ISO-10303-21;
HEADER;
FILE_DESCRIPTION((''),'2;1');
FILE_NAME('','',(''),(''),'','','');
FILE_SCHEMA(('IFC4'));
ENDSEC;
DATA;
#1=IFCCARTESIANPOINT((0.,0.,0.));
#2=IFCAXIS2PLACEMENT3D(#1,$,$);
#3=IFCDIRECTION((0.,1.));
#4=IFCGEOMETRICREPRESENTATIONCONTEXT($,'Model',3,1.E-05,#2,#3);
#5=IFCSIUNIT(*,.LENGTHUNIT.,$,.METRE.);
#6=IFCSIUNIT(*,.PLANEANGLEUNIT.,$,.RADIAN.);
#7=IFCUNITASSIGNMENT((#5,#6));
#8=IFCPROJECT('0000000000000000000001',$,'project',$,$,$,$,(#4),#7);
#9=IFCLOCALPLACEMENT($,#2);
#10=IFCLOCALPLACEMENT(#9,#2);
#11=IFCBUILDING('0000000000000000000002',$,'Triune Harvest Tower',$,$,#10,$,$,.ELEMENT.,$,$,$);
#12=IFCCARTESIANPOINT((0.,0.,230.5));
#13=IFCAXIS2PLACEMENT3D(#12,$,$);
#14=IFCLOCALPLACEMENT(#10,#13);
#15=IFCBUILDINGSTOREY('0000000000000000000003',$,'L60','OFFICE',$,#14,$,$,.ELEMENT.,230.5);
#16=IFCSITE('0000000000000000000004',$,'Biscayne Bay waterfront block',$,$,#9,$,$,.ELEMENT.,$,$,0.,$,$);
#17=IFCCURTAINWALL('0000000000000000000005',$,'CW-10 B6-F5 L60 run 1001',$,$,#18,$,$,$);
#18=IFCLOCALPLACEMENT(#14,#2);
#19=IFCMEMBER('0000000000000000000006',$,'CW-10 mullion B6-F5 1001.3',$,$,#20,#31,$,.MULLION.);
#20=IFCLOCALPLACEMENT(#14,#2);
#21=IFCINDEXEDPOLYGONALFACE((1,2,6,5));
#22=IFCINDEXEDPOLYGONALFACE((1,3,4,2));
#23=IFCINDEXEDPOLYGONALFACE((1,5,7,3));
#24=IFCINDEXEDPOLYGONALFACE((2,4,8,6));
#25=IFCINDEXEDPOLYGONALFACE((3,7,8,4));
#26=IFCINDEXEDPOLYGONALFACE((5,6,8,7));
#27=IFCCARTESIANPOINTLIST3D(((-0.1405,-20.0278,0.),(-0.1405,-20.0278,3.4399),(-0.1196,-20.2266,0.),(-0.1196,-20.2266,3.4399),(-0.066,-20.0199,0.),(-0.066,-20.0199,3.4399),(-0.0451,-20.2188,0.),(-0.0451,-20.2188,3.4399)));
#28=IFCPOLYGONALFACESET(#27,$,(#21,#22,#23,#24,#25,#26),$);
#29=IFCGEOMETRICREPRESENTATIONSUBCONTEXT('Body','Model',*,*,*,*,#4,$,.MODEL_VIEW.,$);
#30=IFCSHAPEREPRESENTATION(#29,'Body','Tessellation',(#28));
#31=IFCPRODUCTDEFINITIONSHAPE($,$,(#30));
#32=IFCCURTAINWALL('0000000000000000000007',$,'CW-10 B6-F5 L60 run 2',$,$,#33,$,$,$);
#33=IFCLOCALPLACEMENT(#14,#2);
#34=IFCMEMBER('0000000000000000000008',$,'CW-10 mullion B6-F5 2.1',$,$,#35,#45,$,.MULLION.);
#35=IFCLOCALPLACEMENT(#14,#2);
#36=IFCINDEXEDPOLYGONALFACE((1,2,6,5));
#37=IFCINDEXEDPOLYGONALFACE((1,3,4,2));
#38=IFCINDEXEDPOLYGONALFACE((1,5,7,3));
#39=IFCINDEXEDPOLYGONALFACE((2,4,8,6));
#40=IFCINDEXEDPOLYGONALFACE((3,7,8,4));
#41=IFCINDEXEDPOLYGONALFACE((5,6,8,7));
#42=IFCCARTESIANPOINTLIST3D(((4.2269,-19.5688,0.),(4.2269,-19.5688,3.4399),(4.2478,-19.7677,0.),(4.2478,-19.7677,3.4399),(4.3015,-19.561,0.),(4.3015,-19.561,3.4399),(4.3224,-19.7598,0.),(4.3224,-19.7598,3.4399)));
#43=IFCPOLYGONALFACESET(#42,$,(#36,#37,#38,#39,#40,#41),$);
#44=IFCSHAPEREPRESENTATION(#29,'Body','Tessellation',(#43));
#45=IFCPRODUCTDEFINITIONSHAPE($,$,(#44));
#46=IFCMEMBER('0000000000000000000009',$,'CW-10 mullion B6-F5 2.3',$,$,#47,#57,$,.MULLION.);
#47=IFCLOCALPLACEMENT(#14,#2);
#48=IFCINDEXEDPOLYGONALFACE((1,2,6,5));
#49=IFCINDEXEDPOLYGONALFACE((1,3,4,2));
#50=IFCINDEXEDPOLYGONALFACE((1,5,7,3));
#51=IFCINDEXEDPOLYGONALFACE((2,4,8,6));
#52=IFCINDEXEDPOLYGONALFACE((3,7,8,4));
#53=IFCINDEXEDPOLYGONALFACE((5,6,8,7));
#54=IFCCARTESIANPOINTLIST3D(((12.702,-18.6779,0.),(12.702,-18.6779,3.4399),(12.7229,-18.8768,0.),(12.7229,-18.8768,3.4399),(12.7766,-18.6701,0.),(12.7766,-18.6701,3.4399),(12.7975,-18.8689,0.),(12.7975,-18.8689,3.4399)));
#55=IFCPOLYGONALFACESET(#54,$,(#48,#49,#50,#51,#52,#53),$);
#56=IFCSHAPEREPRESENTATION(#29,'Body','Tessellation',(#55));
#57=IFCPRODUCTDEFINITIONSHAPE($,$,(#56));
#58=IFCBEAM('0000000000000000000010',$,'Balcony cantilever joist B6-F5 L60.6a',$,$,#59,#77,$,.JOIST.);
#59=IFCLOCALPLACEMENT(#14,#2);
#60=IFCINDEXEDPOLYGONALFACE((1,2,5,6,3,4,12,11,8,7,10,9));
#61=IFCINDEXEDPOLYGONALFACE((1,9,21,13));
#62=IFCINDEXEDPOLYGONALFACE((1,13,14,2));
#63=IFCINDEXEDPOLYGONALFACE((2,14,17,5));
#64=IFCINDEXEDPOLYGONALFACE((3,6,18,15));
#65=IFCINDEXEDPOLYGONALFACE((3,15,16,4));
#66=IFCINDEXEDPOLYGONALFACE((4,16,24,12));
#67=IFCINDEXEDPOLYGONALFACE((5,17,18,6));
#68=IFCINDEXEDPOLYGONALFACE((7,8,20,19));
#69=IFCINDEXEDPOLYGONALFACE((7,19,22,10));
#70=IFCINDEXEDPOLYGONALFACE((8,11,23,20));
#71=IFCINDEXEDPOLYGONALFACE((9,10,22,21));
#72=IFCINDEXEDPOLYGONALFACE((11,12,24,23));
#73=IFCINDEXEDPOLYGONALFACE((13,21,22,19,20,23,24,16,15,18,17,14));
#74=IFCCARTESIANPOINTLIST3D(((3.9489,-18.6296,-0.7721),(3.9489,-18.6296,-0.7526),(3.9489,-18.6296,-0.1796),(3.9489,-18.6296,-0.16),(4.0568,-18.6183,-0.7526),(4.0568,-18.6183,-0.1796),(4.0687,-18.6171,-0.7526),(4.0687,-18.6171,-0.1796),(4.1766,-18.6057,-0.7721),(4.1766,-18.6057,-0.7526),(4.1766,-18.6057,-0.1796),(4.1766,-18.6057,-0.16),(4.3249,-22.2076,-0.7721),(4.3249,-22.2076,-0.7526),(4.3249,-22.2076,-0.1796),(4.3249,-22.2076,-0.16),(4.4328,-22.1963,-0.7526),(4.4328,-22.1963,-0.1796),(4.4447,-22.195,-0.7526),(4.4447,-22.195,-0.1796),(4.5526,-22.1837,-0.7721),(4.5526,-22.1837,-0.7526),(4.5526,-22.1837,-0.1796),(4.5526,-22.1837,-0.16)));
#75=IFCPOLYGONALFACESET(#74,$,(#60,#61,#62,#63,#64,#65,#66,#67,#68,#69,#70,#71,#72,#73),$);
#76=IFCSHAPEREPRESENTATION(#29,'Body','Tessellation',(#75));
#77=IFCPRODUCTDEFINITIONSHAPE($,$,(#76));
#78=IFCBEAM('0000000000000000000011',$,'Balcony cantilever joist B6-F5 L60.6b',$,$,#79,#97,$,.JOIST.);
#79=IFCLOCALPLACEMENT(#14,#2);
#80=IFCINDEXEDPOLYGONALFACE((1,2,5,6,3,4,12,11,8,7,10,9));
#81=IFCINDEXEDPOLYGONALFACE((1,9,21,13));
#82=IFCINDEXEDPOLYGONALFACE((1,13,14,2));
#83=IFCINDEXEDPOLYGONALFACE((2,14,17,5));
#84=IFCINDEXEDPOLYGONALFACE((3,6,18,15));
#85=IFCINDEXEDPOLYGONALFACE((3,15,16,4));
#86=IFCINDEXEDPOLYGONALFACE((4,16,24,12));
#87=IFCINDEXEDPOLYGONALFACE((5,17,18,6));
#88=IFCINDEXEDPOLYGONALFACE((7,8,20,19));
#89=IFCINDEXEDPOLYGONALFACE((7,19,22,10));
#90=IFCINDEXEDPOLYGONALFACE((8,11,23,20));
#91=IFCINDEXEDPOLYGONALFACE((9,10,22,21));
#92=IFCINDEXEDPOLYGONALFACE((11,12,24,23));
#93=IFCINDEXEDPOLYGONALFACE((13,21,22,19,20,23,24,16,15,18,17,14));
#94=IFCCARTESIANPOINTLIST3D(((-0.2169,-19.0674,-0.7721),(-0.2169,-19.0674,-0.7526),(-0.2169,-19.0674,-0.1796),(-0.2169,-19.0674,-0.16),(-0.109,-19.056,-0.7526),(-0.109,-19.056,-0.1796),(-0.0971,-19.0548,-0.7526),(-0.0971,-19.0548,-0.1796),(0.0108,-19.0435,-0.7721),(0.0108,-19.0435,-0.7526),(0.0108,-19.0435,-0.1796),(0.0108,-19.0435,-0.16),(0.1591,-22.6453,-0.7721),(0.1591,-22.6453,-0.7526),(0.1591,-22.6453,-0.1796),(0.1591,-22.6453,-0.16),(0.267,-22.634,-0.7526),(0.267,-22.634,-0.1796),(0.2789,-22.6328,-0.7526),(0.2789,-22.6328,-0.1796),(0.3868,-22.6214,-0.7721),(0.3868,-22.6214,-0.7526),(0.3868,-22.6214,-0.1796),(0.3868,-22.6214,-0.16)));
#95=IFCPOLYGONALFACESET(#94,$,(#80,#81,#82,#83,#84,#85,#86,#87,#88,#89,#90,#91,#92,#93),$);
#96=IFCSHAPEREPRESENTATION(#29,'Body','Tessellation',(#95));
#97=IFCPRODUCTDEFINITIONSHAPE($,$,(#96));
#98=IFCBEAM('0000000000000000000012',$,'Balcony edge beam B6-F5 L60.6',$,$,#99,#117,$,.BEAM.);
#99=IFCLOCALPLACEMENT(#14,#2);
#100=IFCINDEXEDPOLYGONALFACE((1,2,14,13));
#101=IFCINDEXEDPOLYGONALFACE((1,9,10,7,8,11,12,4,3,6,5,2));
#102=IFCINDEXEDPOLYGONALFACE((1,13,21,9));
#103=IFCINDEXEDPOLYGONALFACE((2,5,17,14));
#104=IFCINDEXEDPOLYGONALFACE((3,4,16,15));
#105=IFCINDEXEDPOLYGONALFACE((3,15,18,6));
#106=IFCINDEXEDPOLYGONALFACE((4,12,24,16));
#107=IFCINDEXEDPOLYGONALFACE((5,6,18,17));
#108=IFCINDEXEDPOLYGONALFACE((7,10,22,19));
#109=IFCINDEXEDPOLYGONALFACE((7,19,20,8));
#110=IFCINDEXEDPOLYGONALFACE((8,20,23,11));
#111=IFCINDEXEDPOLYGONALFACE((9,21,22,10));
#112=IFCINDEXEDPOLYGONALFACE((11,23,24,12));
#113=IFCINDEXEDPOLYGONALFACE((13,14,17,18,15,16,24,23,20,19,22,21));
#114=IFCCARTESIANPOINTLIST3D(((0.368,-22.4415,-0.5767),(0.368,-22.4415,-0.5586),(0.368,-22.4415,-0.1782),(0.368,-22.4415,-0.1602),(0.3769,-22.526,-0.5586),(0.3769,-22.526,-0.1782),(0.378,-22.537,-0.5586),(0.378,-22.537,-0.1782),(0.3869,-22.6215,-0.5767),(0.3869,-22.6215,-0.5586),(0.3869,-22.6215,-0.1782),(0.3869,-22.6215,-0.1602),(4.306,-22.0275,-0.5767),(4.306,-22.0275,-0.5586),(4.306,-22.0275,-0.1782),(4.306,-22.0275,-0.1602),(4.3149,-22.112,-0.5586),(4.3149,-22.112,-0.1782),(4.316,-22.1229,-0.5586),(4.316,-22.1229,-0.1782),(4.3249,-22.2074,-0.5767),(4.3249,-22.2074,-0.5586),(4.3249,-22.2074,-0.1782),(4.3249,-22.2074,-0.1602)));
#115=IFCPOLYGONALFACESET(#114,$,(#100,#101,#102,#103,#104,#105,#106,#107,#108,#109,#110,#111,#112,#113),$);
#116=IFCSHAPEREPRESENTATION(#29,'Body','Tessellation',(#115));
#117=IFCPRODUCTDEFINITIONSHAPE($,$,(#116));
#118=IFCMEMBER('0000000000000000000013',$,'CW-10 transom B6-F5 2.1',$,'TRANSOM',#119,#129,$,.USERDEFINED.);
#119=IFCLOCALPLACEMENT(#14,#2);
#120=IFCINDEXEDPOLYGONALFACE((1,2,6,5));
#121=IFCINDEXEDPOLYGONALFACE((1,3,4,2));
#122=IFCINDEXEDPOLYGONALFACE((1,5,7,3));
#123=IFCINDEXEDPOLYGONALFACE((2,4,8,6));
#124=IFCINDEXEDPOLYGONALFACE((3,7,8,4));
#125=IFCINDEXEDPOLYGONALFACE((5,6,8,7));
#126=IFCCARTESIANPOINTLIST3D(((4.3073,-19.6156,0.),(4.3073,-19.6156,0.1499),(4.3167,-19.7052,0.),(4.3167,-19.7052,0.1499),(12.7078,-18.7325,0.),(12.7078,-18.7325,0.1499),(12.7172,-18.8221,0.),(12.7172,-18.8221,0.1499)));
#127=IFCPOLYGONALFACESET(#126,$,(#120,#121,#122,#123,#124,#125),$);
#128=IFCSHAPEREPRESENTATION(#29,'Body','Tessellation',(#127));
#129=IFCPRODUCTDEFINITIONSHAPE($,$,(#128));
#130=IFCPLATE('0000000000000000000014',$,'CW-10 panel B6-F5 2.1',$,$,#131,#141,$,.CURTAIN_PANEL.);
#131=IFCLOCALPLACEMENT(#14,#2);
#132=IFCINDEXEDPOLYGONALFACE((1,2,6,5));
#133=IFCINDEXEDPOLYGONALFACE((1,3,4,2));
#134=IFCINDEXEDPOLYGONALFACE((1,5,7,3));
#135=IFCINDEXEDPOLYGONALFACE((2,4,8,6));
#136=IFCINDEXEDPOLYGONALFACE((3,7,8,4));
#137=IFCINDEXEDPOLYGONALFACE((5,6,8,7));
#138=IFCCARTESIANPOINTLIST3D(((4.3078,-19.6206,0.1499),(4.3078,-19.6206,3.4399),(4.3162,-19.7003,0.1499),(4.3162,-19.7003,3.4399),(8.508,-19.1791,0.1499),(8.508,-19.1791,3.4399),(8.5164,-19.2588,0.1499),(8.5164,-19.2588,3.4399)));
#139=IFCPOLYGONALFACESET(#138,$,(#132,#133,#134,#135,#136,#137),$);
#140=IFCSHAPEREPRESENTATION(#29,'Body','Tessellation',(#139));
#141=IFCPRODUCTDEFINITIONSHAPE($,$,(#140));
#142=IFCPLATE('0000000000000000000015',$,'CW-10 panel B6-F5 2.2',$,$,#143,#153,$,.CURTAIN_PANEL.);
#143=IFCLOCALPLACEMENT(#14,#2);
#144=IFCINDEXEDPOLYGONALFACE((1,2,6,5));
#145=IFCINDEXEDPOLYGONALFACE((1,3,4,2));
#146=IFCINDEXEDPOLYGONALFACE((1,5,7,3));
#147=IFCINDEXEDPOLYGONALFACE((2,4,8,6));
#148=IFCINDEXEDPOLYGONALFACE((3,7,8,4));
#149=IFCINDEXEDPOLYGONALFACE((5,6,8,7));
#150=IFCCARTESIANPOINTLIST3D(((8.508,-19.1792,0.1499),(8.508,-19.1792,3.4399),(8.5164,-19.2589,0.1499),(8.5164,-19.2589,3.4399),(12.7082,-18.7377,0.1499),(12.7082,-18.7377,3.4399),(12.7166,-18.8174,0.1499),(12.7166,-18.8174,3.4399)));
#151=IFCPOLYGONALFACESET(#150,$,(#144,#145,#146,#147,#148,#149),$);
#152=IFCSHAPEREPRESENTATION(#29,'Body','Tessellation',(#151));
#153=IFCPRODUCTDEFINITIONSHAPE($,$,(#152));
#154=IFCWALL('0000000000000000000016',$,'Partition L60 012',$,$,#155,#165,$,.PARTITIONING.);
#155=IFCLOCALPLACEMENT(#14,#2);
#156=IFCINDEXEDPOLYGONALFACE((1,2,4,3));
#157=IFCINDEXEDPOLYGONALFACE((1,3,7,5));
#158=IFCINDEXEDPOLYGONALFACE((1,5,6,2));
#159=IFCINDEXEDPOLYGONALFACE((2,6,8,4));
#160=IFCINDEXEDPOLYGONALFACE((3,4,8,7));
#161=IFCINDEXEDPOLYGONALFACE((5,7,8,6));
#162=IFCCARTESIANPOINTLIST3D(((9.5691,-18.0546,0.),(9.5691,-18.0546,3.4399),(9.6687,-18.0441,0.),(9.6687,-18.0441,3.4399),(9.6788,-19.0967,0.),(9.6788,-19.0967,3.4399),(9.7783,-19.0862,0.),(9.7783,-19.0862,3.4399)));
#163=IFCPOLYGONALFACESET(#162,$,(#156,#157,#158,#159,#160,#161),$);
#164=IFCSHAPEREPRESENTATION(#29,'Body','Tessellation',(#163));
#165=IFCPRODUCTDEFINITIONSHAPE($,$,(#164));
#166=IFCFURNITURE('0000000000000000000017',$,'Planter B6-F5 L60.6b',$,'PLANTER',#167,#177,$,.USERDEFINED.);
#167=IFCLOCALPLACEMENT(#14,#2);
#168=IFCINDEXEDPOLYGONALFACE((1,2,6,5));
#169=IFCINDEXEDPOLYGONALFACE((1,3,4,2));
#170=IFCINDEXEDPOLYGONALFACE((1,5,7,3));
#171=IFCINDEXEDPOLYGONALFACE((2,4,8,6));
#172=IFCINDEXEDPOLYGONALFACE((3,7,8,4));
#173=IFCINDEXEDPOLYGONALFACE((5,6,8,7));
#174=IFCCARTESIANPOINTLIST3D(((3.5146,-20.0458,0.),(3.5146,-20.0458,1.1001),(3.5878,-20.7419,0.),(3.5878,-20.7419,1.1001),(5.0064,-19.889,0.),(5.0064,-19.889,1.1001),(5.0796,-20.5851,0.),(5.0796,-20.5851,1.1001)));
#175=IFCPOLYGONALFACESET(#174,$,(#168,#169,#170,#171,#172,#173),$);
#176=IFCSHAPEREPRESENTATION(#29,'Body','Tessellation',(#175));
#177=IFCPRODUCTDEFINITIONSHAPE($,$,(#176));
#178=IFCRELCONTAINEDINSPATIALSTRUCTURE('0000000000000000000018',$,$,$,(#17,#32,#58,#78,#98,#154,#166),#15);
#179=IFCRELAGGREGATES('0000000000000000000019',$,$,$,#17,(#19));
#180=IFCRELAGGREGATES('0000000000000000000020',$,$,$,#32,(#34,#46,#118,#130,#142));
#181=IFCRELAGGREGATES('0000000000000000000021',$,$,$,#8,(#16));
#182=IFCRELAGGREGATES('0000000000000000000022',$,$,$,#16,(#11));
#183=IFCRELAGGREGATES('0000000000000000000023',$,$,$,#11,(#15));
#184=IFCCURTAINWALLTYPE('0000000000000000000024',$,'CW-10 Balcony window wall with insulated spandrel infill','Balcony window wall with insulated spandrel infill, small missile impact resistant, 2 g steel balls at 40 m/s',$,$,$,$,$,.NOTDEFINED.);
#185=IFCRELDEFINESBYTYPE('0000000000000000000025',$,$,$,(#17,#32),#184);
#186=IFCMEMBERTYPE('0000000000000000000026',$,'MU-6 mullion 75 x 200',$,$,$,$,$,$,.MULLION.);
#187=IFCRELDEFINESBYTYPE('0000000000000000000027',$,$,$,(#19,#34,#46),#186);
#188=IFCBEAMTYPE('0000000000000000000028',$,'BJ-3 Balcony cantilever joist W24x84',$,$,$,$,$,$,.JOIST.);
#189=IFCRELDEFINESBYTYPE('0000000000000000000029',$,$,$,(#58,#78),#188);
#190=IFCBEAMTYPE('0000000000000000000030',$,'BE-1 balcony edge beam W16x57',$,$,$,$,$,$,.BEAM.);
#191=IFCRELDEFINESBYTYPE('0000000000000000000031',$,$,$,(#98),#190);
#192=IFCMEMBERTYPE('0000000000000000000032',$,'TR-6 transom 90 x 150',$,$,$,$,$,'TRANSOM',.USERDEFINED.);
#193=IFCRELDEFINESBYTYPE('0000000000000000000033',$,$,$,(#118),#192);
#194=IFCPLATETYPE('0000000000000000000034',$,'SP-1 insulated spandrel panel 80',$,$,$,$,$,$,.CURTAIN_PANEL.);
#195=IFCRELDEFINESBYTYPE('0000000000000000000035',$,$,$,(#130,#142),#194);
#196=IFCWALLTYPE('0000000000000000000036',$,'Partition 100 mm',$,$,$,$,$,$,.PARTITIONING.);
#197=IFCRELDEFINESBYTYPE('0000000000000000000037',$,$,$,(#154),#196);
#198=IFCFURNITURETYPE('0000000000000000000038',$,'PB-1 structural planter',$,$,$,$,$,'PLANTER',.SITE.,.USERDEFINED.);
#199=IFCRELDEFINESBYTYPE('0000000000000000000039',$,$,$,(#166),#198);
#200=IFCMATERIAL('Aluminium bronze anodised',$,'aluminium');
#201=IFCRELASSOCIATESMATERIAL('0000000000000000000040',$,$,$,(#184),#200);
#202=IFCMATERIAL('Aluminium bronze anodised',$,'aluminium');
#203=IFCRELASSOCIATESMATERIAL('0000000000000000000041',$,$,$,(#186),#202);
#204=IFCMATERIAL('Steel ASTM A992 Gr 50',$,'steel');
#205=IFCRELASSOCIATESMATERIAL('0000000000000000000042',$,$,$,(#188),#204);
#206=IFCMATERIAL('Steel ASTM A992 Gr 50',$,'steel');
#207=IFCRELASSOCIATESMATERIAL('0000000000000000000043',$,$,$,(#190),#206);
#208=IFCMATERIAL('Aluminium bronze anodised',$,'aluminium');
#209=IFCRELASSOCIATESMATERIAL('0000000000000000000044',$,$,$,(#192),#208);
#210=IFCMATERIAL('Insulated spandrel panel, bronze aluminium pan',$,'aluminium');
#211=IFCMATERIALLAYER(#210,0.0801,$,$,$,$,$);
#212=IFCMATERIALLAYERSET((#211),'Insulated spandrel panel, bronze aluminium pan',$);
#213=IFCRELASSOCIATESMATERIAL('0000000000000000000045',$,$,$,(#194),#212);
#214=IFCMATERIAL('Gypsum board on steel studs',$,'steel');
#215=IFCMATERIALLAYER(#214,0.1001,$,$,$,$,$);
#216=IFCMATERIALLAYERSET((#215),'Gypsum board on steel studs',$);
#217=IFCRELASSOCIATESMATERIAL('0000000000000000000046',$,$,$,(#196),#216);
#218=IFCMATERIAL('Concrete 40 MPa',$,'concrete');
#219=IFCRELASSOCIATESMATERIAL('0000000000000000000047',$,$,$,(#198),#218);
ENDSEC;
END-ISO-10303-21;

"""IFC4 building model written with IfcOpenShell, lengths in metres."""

from ifc_helpers import new_model, si_unit, direction, frame, frame_2d, origin, origin_2d, place, context, subcontext, project, spatial, rectangle, i_section, extrude, source, transform, mapped, material, layer, layer_set, material_profile, profile_set, type_object, element, aggregate, save


model = new_model("IFC4")

# Units and contexts
model_context = context("Model", 3, precision=1e-05, world=origin(), true_north=direction((0.0, 1.0)))
body_context = subcontext(model_context, "Body", "Model", "MODEL_VIEW")
ifc_project = project(units=[si_unit("LENGTHUNIT", "METRE"), si_unit("PLANEANGLEUNIT", "RADIAN")], contexts=[model_context])

# Site, building, storey
site_placement = place(None, origin())
site = spatial("IfcSite", under=ifc_project, at=site_placement, Name="Biscayne Bay waterfront block", CompositionType="ELEMENT", RefElevation=0.0)
building_placement = place(site_placement, origin())
building = spatial("IfcBuilding", under=site, at=building_placement, Name="Triune Harvest Tower", CompositionType="ELEMENT")
storey_placement = place(building_placement, frame((0.0, 0.0, 230.5)))
storey = spatial("IfcBuildingStorey", under=building, at=storey_placement, Name="L60", Description="OFFICE", CompositionType="ELEMENT", Elevation=230.5)

# Curtain wall, member
ifc_material_1 = material(Name="Aluminium bronze anodised", Category="aluminium")
curtain_wall_type = type_object("IfcCurtainWallType", Name="CW-10 Balcony window wall with insulated spandrel infill", Description="Balcony window wall with insulated spandrel infill, small missile impact resistant, 2 g steel balls at 40 m/s", PredefinedType="NOTDEFINED", material=ifc_material_1)
curtain_wall_1_placement = place(storey_placement, origin())
curtain_wall_1 = element("IfcCurtainWall", 1, at=curtain_wall_1_placement, inside=storey, type_object=curtain_wall_type, Name="CW-10 B6-F5 L60 run 1001")
ifc_material_2 = material(Name="Aluminium bronze anodised", Category="aluminium")
ifc_material_profile_1 = material_profile(ifc_material_2, rectangle(XDim=0.2, YDim=0.075, at=origin_2d()), Name="MU-6 mullion 75 x 200")
ifc_profile_set_1 = profile_set([ifc_material_profile_1], Name="Aluminium bronze anodised")
member_type_1 = type_object("IfcMemberType", Name="MU-6 mullion 75 x 200", PredefinedType="MULLION", material=ifc_profile_set_1)
shared_shape_1 = source(origin(), body_context, "Body", "SweptSolid", [
    extrude(rectangle(XDim=0.2, YDim=0.075, at=origin_2d()), origin(), (0.0, 0.0, 1.0), 3.4399),
])
member_1_placement = place(storey_placement, frame((-0.0928, -20.1233, 0.0), z_axis=(0.0, 0.0, 1.0), x_axis=(-0.104534, 0.994521, 0.0)))
member_1 = element("IfcMember", 2, at=member_1_placement, type_object=member_type_1, Name="CW-10 mullion B6-F5 1001.3", PredefinedType="MULLION", context=body_context, shape_type="MappedRepresentation", body=[
    mapped(shared_shape_1, transform((0.0, 0.0, 0.0), scale=1.0)),
])
aggregate(curtain_wall_1, [member_1])

# Curtain wall, members
curtain_wall_2_placement = place(storey_placement, origin())
curtain_wall_2 = element("IfcCurtainWall", 3, at=curtain_wall_2_placement, inside=storey, type_object=curtain_wall_type, Name="CW-10 B6-F5 L60 run 2")
member_2_placement = place(storey_placement, frame((4.2747, -19.6643, 0.0), z_axis=(0.0, 0.0, 1.0), x_axis=(-0.104534, 0.994521, 0.0)))
member_2 = element("IfcMember", 4, at=member_2_placement, type_object=member_type_1, Name="CW-10 mullion B6-F5 2.1", PredefinedType="MULLION", context=body_context, shape_type="MappedRepresentation", body=[
    mapped(shared_shape_1, transform((0.0, 0.0, 0.0), scale=1.0)),
])
member_3_placement = place(storey_placement, frame((12.7498, -18.7734, 0.0), z_axis=(0.0, 0.0, 1.0), x_axis=(-0.104534, 0.994521, 0.0)))
member_3 = element("IfcMember", 5, at=member_3_placement, type_object=member_type_1, Name="CW-10 mullion B6-F5 2.3", PredefinedType="MULLION", context=body_context, shape_type="MappedRepresentation", body=[
    mapped(shared_shape_1, transform((0.0, 0.0, 0.0), scale=1.0)),
])

# Beams
ifc_material_3 = material(Name="Steel ASTM A992 Gr 50", Category="steel")
ifc_material_profile_2 = material_profile(ifc_material_3, i_section(OverallWidth=0.229, OverallDepth=0.6121, WebThickness=0.012, FlangeThickness=0.0195, at=origin_2d()), Name="W24x84")
ifc_profile_set_2 = profile_set([ifc_material_profile_2], Name="Steel ASTM A992 Gr 50")
beam_type_1 = type_object("IfcBeamType", Name="BJ-3 Balcony cantilever joist W24x84", PredefinedType="JOIST", material=ifc_profile_set_2)
shared_shape_2 = source(origin(), body_context, "Body", "SweptSolid", [
    extrude(i_section(OverallWidth=0.229, OverallDepth=0.6121, WebThickness=0.012, FlangeThickness=0.0195, at=origin_2d()), origin(), (0.0, 0.0, 1.0), 3.5977),
])
for number, where, z_axis, x_axis, name in (
    (6, (4.0627, -18.6177, -0.4661), (0.104508, -0.994524, 0.0), (0.994524, 0.104508, 0.0), "Balcony cantilever joist B6-F5 L60.6a"),
    (7, (-0.103, -19.0554, -0.4661), (0.104508, -0.994524, 0.0), (0.994524, 0.104508, 0.0), "Balcony cantilever joist B6-F5 L60.6b"),
):
    element("IfcBeam", number, at=place(storey_placement, frame(where, z_axis=z_axis, x_axis=x_axis)), inside=storey, type_object=beam_type_1, Name=name, PredefinedType="JOIST", context=body_context, shape_type="MappedRepresentation", body=[
        mapped(shared_shape_2, transform((0.0, 0.0, 0.0), scale=1.0)),
    ])
ifc_material_4 = material(Name="Steel ASTM A992 Gr 50", Category="steel")
ifc_material_profile_3 = material_profile(ifc_material_4, i_section(OverallWidth=0.1809, OverallDepth=0.4165, WebThickness=0.011, FlangeThickness=0.0181, at=origin_2d()), Name="W16x57")
ifc_profile_set_3 = profile_set([ifc_material_profile_3], Name="Steel ASTM A992 Gr 50")
beam_type_2 = type_object("IfcBeamType", Name="BE-1 balcony edge beam W16x57", PredefinedType="BEAM", material=ifc_profile_set_3)
shared_shape_3 = source(origin(), body_context, "Body", "SweptSolid", [
    extrude(i_section(OverallWidth=0.1809, OverallDepth=0.4165, WebThickness=0.011, FlangeThickness=0.0181, at=origin_2d()), origin(), (0.0, 0.0, 1.0), 3.9597),
])
beam_1_placement = place(storey_placement, frame((0.3774, -22.5315, -0.3684), z_axis=(0.994518, 0.104569, 0.0), x_axis=(-0.104569, 0.994518, 0.0)))
element("IfcBeam", 8, at=beam_1_placement, inside=storey, type_object=beam_type_2, Name="Balcony edge beam B6-F5 L60.6", PredefinedType="BEAM", context=body_context, shape_type="MappedRepresentation", body=[
    mapped(shared_shape_3, transform((0.0, 0.0, 0.0), scale=1.0)),
])

# Member
ifc_material_5 = material(Name="Aluminium bronze anodised", Category="aluminium")
ifc_material_profile_4 = material_profile(ifc_material_5, rectangle(XDim=0.0901, YDim=0.1499, at=origin_2d()), Name="TR-6 transom 90 x 150")
ifc_profile_set_4 = profile_set([ifc_material_profile_4], Name="Aluminium bronze anodised")
member_type_2 = type_object("IfcMemberType", Name="TR-6 transom 90 x 150", ElementType="TRANSOM", PredefinedType="USERDEFINED", material=ifc_profile_set_4)
shared_shape_4 = source(origin(), body_context, "Body", "SweptSolid", [
    extrude(rectangle(XDim=0.0901, YDim=0.1499, at=origin_2d()), origin(), (0.0, 0.0, 1.0), 8.4468),
])
member_4_placement = place(storey_placement, frame((4.312, -19.6604, 0.075), z_axis=(0.99452, 0.104545, 0.0), x_axis=(-0.104545, 0.99452, 0.0)))
member_4 = element("IfcMember", 9, at=member_4_placement, type_object=member_type_2, Name="CW-10 transom B6-F5 2.1", ObjectType="TRANSOM", PredefinedType="USERDEFINED", context=body_context, shape_type="MappedRepresentation", body=[
    mapped(shared_shape_4, transform((0.0, 0.0, 0.0), scale=1.0)),
])

# Plates
ifc_material_6 = material(Name="Insulated spandrel panel, bronze aluminium pan", Category="aluminium")
ifc_layer_1 = layer(ifc_material_6, 0.0801)
ifc_layer_set_1 = layer_set([ifc_layer_1], Name="Insulated spandrel panel, bronze aluminium pan")
plate_type = type_object("IfcPlateType", Name="SP-1 insulated spandrel panel 80", PredefinedType="CURTAIN_PANEL", material=ifc_layer_set_1)
shared_shape_5 = source(origin(), body_context, "Body", "SweptSolid", [
    extrude(rectangle(XDim=4.2234, YDim=0.0801, at=origin_2d()), origin(), (0.0, 0.0, 1.0), 3.29),
])
plate_1_placement = place(storey_placement, frame((6.4121, -19.4397, 0.1499), z_axis=(0.0, 0.0, 1.0), x_axis=(0.994521, 0.104534, 0.0)))
plate_1 = element("IfcPlate", 10, at=plate_1_placement, type_object=plate_type, Name="CW-10 panel B6-F5 2.1", PredefinedType="CURTAIN_PANEL", context=body_context, shape_type="MappedRepresentation", body=[
    mapped(shared_shape_5, transform((0.0, 0.0, 0.0), scale=1.0)),
])
plate_2_placement = place(storey_placement, frame((10.6123, -18.9983, 0.1499), z_axis=(0.0, 0.0, 1.0), x_axis=(0.994521, 0.104534, 0.0)))
plate_2 = element("IfcPlate", 11, at=plate_2_placement, type_object=plate_type, Name="CW-10 panel B6-F5 2.2", PredefinedType="CURTAIN_PANEL", context=body_context, shape_type="MappedRepresentation", body=[
    mapped(shared_shape_5, transform((0.0, 0.0, 0.0), scale=1.0)),
])
aggregate(curtain_wall_2, [member_2, member_3, member_4, plate_1, plate_2])

# Wall
ifc_material_7 = material(Name="Gypsum board on steel studs", Category="steel")
ifc_layer_2 = layer(ifc_material_7, 0.1001)
ifc_layer_set_2 = layer_set([ifc_layer_2], Name="Gypsum board on steel studs")
wall_type_1 = type_object("IfcWallType", Name="Partition 100 mm", PredefinedType="PARTITIONING", material=ifc_layer_set_2)
shared_shape_6 = source(origin(), body_context, "Body", "SweptSolid", [
    extrude(rectangle(XDim=1.0479, YDim=0.1001, at=frame_2d((0.5239, 0.0))), origin(), (0.0, 0.0, 1.0), 3.4399),
])
wall_1_placement = place(storey_placement, frame((9.6189, -18.0493, 0.0), z_axis=(0.0, 0.0, 1.0), x_axis=(0.104624, -0.994512, 0.0)))
element("IfcWall", 12, at=wall_1_placement, inside=storey, type_object=wall_type_1, Name="Partition L60 012", PredefinedType="PARTITIONING", context=body_context, shape_type="MappedRepresentation", body=[
    mapped(shared_shape_6, transform((0.0, 0.0, 0.0), scale=1.0)),
])

# Furniture
ifc_material_8 = material(Name="Concrete 40 MPa", Category="concrete")
furniture_type = type_object("IfcFurnitureType", Name="PB-1 structural planter", ElementType="PLANTER", AssemblyPlace="SITE", PredefinedType="USERDEFINED", material=ifc_material_8)
shared_shape_7 = source(origin(), body_context, "Body", "SweptSolid", [
    extrude(rectangle(XDim=1.5, YDim=0.7, at=origin_2d()), origin(), (0.0, 0.0, 1.0), 1.1001),
])
furniture_placement = place(storey_placement, frame((4.2971, -20.3154, 0.0), z_axis=(0.0, 0.0, 1.0), x_axis=(0.994522, 0.10453, 0.0)))
element("IfcFurniture", 13, at=furniture_placement, inside=storey, type_object=furniture_type, Name="Planter B6-F5 L60.6b", ObjectType="PLANTER", PredefinedType="USERDEFINED", context=body_context, shape_type="MappedRepresentation", body=[
    mapped(shared_shape_7, transform((0.0, 0.0, 0.0), scale=1.0)),
])

save(model, "model.ifc")
